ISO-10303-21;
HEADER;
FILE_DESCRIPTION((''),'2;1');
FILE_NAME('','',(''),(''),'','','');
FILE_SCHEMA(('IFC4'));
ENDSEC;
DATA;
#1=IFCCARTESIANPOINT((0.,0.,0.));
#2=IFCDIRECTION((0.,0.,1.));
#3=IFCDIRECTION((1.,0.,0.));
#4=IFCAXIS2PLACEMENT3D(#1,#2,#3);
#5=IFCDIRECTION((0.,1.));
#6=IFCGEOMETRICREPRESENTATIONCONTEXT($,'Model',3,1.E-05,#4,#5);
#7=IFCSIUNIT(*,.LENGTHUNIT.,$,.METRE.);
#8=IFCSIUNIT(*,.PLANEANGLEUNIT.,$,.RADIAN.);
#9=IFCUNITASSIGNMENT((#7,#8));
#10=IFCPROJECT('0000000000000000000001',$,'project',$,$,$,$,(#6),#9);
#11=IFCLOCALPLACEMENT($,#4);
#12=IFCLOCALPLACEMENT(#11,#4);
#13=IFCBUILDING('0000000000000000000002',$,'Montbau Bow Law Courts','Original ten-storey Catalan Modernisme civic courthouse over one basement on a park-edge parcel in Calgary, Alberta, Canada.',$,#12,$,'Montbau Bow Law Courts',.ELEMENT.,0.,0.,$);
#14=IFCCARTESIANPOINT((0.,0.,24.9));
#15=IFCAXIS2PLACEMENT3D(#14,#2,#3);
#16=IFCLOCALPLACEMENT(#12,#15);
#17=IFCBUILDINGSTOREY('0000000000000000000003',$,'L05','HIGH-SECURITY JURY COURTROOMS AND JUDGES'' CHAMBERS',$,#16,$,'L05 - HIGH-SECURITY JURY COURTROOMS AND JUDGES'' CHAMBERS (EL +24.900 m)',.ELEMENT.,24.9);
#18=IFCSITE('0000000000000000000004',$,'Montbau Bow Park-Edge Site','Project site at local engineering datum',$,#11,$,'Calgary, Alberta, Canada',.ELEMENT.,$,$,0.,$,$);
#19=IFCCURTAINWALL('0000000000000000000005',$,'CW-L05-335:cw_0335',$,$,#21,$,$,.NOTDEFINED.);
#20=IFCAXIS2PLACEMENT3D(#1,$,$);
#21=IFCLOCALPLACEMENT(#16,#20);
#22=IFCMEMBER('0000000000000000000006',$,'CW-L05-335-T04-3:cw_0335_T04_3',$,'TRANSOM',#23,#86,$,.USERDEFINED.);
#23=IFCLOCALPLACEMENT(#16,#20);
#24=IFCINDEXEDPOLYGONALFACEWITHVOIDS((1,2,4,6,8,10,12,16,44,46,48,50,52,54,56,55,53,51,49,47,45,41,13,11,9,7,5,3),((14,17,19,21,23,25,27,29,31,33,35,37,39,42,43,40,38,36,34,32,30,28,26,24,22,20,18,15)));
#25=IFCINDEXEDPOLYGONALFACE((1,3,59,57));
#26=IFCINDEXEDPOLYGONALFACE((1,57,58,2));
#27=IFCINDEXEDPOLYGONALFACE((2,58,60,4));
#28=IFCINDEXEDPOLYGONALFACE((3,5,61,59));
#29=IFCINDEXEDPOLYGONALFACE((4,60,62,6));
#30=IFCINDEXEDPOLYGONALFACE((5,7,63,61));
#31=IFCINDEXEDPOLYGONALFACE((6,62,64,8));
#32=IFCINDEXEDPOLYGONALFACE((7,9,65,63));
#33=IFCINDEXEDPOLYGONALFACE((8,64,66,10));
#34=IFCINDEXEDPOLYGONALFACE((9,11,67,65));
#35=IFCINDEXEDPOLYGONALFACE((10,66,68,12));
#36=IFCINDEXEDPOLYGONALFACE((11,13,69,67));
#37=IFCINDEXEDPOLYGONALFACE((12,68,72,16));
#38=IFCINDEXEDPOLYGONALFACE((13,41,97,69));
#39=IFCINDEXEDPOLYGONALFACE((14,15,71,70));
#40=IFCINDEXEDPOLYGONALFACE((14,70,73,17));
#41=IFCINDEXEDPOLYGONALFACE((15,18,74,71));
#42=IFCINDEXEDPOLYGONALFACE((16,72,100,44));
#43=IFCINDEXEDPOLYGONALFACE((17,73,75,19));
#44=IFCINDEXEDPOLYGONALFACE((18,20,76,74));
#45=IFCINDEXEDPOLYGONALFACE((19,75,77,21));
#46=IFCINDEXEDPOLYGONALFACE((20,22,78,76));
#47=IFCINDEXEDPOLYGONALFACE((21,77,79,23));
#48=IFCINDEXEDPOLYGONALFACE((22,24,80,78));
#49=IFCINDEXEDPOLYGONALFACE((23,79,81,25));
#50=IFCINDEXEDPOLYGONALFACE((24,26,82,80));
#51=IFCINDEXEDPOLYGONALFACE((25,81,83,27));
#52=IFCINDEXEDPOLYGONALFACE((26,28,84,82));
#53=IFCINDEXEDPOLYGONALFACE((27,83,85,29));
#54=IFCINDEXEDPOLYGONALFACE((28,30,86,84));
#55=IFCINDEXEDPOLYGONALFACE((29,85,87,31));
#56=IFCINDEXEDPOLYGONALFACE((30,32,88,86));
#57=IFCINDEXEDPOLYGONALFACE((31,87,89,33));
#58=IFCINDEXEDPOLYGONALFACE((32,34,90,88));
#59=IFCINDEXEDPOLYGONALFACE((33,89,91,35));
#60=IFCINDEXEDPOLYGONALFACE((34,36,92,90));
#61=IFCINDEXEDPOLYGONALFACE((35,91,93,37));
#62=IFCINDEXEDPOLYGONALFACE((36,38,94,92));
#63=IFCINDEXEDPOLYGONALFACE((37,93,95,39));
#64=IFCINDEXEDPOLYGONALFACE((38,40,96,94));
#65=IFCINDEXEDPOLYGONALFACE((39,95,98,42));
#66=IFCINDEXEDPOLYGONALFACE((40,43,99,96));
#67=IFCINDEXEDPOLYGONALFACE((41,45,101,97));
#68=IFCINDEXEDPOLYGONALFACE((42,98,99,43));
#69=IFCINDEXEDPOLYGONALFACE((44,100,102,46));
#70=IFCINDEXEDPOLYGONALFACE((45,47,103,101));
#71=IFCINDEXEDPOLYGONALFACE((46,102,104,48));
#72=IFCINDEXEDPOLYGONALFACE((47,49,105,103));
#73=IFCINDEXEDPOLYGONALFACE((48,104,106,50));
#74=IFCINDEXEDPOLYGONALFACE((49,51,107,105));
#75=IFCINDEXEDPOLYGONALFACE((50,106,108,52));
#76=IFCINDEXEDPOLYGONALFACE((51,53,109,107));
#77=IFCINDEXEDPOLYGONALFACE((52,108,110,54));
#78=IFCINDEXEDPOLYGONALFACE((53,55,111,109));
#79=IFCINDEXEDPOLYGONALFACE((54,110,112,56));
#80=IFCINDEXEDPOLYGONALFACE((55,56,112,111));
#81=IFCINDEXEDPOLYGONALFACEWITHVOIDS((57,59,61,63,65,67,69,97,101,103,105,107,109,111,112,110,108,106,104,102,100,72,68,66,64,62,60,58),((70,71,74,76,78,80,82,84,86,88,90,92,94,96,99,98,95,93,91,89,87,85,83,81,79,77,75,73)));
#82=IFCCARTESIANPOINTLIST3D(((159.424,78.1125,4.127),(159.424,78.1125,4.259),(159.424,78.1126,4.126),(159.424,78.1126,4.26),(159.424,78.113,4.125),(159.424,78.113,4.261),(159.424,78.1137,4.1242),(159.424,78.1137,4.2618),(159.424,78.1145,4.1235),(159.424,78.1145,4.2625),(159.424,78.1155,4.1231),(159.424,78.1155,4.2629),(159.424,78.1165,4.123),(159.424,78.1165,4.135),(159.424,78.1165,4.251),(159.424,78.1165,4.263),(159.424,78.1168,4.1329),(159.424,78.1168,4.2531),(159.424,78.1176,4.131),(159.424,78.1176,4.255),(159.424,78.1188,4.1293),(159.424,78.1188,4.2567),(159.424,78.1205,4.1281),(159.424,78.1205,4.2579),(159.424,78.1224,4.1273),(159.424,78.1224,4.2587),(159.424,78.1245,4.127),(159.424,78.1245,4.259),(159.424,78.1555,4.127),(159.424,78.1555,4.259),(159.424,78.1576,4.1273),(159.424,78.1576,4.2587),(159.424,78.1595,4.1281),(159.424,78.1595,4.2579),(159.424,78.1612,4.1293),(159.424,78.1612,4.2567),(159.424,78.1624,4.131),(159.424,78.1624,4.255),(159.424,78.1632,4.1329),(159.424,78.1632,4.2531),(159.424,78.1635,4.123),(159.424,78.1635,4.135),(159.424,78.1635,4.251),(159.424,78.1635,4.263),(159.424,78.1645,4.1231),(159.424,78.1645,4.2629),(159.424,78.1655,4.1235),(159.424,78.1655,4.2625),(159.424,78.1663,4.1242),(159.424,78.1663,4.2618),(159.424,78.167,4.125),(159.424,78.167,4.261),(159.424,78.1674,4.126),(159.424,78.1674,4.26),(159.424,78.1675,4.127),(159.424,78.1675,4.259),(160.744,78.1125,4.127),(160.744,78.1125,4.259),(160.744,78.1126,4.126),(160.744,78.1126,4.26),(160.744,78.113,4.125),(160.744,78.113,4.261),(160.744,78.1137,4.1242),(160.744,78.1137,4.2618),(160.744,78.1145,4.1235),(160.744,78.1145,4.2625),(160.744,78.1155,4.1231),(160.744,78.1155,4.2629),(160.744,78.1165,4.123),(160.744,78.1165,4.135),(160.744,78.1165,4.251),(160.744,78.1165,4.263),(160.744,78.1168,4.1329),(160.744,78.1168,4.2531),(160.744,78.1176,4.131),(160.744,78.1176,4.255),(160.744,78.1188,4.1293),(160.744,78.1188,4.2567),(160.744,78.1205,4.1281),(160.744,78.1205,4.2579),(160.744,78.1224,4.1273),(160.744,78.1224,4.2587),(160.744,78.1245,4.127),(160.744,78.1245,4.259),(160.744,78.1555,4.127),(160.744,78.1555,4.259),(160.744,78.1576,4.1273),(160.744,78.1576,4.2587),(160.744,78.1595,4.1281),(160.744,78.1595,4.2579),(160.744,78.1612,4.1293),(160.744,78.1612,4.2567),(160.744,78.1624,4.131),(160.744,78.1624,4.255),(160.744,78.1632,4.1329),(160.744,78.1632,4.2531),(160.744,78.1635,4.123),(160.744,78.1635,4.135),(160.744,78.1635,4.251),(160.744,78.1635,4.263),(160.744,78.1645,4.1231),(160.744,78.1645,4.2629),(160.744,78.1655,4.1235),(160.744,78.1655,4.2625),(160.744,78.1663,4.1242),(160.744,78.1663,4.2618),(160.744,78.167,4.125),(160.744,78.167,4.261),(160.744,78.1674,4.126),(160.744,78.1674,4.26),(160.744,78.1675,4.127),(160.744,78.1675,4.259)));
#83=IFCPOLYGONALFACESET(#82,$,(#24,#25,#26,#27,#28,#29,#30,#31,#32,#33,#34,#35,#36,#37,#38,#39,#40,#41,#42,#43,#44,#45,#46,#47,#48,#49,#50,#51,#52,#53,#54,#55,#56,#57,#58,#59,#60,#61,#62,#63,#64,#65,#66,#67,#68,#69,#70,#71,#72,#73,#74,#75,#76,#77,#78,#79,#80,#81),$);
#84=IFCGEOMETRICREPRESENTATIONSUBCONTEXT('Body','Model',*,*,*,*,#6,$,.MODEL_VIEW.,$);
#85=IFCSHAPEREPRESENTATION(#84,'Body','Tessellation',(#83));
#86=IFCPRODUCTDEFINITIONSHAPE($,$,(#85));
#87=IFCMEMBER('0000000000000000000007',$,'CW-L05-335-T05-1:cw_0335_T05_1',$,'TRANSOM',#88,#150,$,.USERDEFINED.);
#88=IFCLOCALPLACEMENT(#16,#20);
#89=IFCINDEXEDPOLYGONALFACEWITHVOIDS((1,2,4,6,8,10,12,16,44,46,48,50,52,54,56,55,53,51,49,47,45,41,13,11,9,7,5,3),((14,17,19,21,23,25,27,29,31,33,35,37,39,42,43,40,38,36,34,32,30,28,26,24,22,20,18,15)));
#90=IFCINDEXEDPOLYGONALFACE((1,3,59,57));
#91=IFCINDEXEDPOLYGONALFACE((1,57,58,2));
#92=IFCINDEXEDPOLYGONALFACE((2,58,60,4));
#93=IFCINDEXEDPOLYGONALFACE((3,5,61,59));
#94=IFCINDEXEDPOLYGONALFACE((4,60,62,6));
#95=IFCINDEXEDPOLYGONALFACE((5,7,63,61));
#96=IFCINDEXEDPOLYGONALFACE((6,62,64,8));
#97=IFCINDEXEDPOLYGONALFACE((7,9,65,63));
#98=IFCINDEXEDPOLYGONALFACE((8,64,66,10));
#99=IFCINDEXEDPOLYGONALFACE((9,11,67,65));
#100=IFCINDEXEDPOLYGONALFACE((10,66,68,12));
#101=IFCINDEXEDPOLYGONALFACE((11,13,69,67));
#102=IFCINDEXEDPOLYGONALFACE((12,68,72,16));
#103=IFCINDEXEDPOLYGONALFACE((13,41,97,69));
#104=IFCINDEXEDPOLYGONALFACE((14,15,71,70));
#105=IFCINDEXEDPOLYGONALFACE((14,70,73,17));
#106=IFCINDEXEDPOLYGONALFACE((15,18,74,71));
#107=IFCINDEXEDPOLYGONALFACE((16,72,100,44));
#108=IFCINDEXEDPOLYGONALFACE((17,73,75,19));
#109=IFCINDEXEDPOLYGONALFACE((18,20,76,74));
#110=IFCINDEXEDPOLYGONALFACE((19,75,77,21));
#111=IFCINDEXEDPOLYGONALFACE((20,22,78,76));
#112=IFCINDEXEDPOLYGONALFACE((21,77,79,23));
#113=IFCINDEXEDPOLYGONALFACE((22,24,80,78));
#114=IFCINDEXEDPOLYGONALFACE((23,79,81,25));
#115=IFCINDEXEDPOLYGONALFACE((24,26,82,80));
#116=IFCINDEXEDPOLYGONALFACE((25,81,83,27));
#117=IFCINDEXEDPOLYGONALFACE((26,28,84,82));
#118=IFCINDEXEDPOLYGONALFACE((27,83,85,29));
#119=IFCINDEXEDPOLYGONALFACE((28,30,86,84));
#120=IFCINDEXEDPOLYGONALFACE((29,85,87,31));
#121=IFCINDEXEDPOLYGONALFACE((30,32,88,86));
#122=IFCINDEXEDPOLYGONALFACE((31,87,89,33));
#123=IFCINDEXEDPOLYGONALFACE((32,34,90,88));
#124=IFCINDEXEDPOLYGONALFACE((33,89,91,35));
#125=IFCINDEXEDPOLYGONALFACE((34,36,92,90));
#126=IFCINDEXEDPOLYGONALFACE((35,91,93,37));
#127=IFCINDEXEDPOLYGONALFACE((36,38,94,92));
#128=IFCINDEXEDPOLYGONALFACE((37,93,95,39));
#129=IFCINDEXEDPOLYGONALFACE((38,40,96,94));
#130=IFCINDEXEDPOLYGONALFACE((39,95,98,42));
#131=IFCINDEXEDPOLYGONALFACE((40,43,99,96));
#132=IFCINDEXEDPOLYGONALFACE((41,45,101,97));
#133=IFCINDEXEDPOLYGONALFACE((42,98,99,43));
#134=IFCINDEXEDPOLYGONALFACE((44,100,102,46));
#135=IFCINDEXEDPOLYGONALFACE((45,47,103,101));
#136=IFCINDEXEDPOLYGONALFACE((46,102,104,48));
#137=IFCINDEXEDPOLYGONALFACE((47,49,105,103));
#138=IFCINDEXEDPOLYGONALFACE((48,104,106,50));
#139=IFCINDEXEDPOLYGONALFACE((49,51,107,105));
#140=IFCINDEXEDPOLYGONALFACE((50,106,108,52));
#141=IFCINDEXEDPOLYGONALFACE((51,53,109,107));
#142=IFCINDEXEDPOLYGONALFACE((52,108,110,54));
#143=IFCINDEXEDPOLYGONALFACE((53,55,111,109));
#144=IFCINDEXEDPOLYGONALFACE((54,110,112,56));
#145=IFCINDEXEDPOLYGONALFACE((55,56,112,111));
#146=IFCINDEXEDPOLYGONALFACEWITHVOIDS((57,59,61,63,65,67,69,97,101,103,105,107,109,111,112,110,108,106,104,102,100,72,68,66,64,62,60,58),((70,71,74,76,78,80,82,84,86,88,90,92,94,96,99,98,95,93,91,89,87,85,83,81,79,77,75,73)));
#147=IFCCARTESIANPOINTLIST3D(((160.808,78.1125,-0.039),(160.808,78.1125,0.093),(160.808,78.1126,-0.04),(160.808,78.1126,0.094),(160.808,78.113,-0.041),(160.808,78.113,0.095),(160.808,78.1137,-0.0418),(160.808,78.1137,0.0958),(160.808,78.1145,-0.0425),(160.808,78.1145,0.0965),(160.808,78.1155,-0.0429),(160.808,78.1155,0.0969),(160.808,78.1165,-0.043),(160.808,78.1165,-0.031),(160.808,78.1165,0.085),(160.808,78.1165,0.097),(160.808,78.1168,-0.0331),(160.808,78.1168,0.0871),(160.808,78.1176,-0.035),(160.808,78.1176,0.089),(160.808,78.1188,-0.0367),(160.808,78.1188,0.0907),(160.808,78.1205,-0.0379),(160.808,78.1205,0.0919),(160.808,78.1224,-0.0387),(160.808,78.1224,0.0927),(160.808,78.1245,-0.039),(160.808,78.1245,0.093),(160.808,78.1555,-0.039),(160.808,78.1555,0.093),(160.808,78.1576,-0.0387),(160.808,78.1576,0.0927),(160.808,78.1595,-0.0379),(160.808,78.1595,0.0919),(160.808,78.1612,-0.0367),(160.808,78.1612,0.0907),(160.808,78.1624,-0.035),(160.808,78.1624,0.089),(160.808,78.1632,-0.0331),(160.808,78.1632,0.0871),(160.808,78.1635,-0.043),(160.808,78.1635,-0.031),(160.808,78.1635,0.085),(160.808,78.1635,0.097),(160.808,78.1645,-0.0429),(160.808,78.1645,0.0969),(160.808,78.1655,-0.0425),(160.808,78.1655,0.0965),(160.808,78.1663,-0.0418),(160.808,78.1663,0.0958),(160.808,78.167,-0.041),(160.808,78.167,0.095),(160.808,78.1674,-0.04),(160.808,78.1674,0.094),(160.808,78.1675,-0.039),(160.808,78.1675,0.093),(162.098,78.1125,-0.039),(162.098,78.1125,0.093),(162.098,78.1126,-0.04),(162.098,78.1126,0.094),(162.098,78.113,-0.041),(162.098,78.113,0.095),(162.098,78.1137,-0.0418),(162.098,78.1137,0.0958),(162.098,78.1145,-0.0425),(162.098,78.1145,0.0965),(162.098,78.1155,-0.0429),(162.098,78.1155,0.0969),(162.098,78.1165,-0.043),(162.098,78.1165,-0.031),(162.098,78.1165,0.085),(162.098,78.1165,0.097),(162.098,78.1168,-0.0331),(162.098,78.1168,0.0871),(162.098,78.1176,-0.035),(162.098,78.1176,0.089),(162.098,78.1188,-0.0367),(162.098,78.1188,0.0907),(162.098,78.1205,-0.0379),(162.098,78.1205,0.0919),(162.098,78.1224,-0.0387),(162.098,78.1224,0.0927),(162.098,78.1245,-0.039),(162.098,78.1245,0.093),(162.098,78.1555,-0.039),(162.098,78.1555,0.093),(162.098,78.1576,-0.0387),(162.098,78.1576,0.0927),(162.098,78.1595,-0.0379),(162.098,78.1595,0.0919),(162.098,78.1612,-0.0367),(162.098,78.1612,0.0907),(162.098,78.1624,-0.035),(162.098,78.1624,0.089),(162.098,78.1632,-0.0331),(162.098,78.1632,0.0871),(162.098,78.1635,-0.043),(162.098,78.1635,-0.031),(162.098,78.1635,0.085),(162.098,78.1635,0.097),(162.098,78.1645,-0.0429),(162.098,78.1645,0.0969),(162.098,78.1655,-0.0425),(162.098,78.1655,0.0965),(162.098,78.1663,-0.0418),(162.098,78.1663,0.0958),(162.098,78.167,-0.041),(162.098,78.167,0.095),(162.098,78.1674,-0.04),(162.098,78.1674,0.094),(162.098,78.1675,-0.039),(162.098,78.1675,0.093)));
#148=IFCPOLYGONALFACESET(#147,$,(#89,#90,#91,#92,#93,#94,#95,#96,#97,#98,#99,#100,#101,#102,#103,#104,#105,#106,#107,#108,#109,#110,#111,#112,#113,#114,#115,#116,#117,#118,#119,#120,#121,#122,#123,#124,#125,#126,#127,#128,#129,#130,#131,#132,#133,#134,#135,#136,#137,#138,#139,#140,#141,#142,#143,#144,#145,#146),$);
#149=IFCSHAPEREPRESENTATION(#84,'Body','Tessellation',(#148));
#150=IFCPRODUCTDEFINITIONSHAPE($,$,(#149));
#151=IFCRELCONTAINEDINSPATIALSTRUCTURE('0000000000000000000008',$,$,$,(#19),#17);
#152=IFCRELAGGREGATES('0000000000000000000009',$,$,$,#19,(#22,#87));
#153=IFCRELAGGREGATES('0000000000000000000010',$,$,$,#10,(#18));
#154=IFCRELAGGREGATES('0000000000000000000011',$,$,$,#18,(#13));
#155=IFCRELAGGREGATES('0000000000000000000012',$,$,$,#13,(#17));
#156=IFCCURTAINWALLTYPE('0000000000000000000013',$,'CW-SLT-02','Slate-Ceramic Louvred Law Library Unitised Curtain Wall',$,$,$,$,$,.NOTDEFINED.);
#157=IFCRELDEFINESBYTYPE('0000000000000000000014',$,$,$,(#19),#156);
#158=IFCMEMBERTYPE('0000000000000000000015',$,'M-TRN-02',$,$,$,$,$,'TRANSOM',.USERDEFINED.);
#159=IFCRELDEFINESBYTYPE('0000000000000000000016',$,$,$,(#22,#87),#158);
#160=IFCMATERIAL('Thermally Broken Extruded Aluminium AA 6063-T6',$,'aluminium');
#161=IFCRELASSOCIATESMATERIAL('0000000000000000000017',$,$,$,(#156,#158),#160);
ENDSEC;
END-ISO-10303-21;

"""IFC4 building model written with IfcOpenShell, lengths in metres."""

from ifc_helpers import new_model, si_unit, direction, frame, origin_with_axes, origin_2d_with_axis, place, context, subcontext, project, spatial, hollow_rectangle, extrude, material, material_profile, profile_set, type_object, element, aggregate, save


model = new_model("IFC4")

# Units and contexts
model_context = context("Model", 3, precision=1e-05, world=origin_with_axes(), true_north=direction((0.0, 1.0)))
body_context = subcontext(model_context, "Body", "Model", "MODEL_VIEW")
ifc_project = project(units=[si_unit("LENGTHUNIT", "METRE"), si_unit("PLANEANGLEUNIT", "RADIAN")], contexts=[model_context])

# Site, building, storey
site_placement = place(None, origin_with_axes())
site = spatial("IfcSite", under=ifc_project, at=site_placement, Name="Montbau Bow Park-Edge Site", Description="Project site at local engineering datum", LongName="Calgary, Alberta, Canada", CompositionType="ELEMENT", RefElevation=0.0)
building_placement = place(site_placement, origin_with_axes())
building = spatial("IfcBuilding", under=site, at=building_placement, Name="Montbau Bow Law Courts", Description="Original ten-storey Catalan Modernisme civic courthouse over one basement on a park-edge parcel in Calgary, Alberta, Canada.", LongName="Montbau Bow Law Courts", CompositionType="ELEMENT", ElevationOfRefHeight=0.0, ElevationOfTerrain=0.0)
storey_placement = place(building_placement, frame((0.0, 0.0, 24.9), z_axis=(0.0, 0.0, 1.0), x_axis=(1.0, 0.0, 0.0)))
storey = spatial("IfcBuildingStorey", under=building, at=storey_placement, Name="L05", Description="HIGH-SECURITY JURY COURTROOMS AND JUDGES' CHAMBERS", LongName="L05 - HIGH-SECURITY JURY COURTROOMS AND JUDGES' CHAMBERS (EL +24.900 m)", CompositionType="ELEMENT", Elevation=24.9)

# Shared definitions
ifc_material_1 = material(Name="Thermally Broken Extruded Aluminium AA 6063-T6", Category="aluminium")
curtain_wall_type = type_object("IfcCurtainWallType", Name="CW-SLT-02", Description="Slate-Ceramic Louvred Law Library Unitised Curtain Wall", PredefinedType="NOTDEFINED", material=ifc_material_1)

# Curtain wall, members
curtain_wall_1_placement = place(None, frame((155.24, 78.14, 24.9), z_axis=(0.0, 0.0, 1.0), x_axis=(1.0, 0.0, 0.0)))
curtain_wall_1 = element("IfcCurtainWall", 1, at=curtain_wall_1_placement, inside=storey, type_object=curtain_wall_type, Name="CW-L05-335:cw_0335", PredefinedType="NOTDEFINED")
ifc_material_profile_1 = material_profile(ifc_material_1, hollow_rectangle(XDim=0.055, YDim=0.14, WallThickness=0.004, InnerFilletRadius=0.008, OuterFilletRadius=0.004, at=origin_2d_with_axis()), Name="CWT-140X55", Category="Main", Priority=0)
ifc_profile_set_1 = profile_set([ifc_material_profile_1], Name="Thermally Broken Extruded Aluminium AA 6063-T6")
member_type_1 = type_object("IfcMemberType", Name="M-TRN-02", ElementType="TRANSOM", PredefinedType="USERDEFINED", material=ifc_profile_set_1)
member_1_placement = place(None, frame((159.424, 78.14, 29.093), z_axis=(1.0, 0.0, 0.0), x_axis=(0.0, 1.0, 0.0)))
member_1 = element("IfcMember", 2, at=member_1_placement, type_object=member_type_1, Name="CW-L05-335-T04-3:cw_0335_T04_3", ObjectType="TRANSOM", PredefinedType="USERDEFINED", context=body_context, shape_type="SweptSolid", body=[
    extrude(hollow_rectangle(XDim=0.055, YDim=0.14, WallThickness=0.004, InnerFilletRadius=0.008, OuterFilletRadius=0.004, at=origin_2d_with_axis()), origin_with_axes(), (0.0, 0.0, 1.0), 1.32),
])
member_2_placement = place(None, frame((160.808, 78.14, 24.927), z_axis=(1.0, 0.0, 0.0), x_axis=(0.0, 1.0, 0.0)))
member_2 = element("IfcMember", 3, at=member_2_placement, type_object=member_type_1, Name="CW-L05-335-T05-1:cw_0335_T05_1", ObjectType="TRANSOM", PredefinedType="USERDEFINED", context=body_context, shape_type="SweptSolid", body=[
    extrude(hollow_rectangle(XDim=0.055, YDim=0.14, WallThickness=0.004, InnerFilletRadius=0.008, OuterFilletRadius=0.004, at=origin_2d_with_axis()), origin_with_axes(), (0.0, 0.0, 1.0), 1.29),
])
aggregate(curtain_wall_1, [member_1, member_2])

save(model, "model.ifc")
